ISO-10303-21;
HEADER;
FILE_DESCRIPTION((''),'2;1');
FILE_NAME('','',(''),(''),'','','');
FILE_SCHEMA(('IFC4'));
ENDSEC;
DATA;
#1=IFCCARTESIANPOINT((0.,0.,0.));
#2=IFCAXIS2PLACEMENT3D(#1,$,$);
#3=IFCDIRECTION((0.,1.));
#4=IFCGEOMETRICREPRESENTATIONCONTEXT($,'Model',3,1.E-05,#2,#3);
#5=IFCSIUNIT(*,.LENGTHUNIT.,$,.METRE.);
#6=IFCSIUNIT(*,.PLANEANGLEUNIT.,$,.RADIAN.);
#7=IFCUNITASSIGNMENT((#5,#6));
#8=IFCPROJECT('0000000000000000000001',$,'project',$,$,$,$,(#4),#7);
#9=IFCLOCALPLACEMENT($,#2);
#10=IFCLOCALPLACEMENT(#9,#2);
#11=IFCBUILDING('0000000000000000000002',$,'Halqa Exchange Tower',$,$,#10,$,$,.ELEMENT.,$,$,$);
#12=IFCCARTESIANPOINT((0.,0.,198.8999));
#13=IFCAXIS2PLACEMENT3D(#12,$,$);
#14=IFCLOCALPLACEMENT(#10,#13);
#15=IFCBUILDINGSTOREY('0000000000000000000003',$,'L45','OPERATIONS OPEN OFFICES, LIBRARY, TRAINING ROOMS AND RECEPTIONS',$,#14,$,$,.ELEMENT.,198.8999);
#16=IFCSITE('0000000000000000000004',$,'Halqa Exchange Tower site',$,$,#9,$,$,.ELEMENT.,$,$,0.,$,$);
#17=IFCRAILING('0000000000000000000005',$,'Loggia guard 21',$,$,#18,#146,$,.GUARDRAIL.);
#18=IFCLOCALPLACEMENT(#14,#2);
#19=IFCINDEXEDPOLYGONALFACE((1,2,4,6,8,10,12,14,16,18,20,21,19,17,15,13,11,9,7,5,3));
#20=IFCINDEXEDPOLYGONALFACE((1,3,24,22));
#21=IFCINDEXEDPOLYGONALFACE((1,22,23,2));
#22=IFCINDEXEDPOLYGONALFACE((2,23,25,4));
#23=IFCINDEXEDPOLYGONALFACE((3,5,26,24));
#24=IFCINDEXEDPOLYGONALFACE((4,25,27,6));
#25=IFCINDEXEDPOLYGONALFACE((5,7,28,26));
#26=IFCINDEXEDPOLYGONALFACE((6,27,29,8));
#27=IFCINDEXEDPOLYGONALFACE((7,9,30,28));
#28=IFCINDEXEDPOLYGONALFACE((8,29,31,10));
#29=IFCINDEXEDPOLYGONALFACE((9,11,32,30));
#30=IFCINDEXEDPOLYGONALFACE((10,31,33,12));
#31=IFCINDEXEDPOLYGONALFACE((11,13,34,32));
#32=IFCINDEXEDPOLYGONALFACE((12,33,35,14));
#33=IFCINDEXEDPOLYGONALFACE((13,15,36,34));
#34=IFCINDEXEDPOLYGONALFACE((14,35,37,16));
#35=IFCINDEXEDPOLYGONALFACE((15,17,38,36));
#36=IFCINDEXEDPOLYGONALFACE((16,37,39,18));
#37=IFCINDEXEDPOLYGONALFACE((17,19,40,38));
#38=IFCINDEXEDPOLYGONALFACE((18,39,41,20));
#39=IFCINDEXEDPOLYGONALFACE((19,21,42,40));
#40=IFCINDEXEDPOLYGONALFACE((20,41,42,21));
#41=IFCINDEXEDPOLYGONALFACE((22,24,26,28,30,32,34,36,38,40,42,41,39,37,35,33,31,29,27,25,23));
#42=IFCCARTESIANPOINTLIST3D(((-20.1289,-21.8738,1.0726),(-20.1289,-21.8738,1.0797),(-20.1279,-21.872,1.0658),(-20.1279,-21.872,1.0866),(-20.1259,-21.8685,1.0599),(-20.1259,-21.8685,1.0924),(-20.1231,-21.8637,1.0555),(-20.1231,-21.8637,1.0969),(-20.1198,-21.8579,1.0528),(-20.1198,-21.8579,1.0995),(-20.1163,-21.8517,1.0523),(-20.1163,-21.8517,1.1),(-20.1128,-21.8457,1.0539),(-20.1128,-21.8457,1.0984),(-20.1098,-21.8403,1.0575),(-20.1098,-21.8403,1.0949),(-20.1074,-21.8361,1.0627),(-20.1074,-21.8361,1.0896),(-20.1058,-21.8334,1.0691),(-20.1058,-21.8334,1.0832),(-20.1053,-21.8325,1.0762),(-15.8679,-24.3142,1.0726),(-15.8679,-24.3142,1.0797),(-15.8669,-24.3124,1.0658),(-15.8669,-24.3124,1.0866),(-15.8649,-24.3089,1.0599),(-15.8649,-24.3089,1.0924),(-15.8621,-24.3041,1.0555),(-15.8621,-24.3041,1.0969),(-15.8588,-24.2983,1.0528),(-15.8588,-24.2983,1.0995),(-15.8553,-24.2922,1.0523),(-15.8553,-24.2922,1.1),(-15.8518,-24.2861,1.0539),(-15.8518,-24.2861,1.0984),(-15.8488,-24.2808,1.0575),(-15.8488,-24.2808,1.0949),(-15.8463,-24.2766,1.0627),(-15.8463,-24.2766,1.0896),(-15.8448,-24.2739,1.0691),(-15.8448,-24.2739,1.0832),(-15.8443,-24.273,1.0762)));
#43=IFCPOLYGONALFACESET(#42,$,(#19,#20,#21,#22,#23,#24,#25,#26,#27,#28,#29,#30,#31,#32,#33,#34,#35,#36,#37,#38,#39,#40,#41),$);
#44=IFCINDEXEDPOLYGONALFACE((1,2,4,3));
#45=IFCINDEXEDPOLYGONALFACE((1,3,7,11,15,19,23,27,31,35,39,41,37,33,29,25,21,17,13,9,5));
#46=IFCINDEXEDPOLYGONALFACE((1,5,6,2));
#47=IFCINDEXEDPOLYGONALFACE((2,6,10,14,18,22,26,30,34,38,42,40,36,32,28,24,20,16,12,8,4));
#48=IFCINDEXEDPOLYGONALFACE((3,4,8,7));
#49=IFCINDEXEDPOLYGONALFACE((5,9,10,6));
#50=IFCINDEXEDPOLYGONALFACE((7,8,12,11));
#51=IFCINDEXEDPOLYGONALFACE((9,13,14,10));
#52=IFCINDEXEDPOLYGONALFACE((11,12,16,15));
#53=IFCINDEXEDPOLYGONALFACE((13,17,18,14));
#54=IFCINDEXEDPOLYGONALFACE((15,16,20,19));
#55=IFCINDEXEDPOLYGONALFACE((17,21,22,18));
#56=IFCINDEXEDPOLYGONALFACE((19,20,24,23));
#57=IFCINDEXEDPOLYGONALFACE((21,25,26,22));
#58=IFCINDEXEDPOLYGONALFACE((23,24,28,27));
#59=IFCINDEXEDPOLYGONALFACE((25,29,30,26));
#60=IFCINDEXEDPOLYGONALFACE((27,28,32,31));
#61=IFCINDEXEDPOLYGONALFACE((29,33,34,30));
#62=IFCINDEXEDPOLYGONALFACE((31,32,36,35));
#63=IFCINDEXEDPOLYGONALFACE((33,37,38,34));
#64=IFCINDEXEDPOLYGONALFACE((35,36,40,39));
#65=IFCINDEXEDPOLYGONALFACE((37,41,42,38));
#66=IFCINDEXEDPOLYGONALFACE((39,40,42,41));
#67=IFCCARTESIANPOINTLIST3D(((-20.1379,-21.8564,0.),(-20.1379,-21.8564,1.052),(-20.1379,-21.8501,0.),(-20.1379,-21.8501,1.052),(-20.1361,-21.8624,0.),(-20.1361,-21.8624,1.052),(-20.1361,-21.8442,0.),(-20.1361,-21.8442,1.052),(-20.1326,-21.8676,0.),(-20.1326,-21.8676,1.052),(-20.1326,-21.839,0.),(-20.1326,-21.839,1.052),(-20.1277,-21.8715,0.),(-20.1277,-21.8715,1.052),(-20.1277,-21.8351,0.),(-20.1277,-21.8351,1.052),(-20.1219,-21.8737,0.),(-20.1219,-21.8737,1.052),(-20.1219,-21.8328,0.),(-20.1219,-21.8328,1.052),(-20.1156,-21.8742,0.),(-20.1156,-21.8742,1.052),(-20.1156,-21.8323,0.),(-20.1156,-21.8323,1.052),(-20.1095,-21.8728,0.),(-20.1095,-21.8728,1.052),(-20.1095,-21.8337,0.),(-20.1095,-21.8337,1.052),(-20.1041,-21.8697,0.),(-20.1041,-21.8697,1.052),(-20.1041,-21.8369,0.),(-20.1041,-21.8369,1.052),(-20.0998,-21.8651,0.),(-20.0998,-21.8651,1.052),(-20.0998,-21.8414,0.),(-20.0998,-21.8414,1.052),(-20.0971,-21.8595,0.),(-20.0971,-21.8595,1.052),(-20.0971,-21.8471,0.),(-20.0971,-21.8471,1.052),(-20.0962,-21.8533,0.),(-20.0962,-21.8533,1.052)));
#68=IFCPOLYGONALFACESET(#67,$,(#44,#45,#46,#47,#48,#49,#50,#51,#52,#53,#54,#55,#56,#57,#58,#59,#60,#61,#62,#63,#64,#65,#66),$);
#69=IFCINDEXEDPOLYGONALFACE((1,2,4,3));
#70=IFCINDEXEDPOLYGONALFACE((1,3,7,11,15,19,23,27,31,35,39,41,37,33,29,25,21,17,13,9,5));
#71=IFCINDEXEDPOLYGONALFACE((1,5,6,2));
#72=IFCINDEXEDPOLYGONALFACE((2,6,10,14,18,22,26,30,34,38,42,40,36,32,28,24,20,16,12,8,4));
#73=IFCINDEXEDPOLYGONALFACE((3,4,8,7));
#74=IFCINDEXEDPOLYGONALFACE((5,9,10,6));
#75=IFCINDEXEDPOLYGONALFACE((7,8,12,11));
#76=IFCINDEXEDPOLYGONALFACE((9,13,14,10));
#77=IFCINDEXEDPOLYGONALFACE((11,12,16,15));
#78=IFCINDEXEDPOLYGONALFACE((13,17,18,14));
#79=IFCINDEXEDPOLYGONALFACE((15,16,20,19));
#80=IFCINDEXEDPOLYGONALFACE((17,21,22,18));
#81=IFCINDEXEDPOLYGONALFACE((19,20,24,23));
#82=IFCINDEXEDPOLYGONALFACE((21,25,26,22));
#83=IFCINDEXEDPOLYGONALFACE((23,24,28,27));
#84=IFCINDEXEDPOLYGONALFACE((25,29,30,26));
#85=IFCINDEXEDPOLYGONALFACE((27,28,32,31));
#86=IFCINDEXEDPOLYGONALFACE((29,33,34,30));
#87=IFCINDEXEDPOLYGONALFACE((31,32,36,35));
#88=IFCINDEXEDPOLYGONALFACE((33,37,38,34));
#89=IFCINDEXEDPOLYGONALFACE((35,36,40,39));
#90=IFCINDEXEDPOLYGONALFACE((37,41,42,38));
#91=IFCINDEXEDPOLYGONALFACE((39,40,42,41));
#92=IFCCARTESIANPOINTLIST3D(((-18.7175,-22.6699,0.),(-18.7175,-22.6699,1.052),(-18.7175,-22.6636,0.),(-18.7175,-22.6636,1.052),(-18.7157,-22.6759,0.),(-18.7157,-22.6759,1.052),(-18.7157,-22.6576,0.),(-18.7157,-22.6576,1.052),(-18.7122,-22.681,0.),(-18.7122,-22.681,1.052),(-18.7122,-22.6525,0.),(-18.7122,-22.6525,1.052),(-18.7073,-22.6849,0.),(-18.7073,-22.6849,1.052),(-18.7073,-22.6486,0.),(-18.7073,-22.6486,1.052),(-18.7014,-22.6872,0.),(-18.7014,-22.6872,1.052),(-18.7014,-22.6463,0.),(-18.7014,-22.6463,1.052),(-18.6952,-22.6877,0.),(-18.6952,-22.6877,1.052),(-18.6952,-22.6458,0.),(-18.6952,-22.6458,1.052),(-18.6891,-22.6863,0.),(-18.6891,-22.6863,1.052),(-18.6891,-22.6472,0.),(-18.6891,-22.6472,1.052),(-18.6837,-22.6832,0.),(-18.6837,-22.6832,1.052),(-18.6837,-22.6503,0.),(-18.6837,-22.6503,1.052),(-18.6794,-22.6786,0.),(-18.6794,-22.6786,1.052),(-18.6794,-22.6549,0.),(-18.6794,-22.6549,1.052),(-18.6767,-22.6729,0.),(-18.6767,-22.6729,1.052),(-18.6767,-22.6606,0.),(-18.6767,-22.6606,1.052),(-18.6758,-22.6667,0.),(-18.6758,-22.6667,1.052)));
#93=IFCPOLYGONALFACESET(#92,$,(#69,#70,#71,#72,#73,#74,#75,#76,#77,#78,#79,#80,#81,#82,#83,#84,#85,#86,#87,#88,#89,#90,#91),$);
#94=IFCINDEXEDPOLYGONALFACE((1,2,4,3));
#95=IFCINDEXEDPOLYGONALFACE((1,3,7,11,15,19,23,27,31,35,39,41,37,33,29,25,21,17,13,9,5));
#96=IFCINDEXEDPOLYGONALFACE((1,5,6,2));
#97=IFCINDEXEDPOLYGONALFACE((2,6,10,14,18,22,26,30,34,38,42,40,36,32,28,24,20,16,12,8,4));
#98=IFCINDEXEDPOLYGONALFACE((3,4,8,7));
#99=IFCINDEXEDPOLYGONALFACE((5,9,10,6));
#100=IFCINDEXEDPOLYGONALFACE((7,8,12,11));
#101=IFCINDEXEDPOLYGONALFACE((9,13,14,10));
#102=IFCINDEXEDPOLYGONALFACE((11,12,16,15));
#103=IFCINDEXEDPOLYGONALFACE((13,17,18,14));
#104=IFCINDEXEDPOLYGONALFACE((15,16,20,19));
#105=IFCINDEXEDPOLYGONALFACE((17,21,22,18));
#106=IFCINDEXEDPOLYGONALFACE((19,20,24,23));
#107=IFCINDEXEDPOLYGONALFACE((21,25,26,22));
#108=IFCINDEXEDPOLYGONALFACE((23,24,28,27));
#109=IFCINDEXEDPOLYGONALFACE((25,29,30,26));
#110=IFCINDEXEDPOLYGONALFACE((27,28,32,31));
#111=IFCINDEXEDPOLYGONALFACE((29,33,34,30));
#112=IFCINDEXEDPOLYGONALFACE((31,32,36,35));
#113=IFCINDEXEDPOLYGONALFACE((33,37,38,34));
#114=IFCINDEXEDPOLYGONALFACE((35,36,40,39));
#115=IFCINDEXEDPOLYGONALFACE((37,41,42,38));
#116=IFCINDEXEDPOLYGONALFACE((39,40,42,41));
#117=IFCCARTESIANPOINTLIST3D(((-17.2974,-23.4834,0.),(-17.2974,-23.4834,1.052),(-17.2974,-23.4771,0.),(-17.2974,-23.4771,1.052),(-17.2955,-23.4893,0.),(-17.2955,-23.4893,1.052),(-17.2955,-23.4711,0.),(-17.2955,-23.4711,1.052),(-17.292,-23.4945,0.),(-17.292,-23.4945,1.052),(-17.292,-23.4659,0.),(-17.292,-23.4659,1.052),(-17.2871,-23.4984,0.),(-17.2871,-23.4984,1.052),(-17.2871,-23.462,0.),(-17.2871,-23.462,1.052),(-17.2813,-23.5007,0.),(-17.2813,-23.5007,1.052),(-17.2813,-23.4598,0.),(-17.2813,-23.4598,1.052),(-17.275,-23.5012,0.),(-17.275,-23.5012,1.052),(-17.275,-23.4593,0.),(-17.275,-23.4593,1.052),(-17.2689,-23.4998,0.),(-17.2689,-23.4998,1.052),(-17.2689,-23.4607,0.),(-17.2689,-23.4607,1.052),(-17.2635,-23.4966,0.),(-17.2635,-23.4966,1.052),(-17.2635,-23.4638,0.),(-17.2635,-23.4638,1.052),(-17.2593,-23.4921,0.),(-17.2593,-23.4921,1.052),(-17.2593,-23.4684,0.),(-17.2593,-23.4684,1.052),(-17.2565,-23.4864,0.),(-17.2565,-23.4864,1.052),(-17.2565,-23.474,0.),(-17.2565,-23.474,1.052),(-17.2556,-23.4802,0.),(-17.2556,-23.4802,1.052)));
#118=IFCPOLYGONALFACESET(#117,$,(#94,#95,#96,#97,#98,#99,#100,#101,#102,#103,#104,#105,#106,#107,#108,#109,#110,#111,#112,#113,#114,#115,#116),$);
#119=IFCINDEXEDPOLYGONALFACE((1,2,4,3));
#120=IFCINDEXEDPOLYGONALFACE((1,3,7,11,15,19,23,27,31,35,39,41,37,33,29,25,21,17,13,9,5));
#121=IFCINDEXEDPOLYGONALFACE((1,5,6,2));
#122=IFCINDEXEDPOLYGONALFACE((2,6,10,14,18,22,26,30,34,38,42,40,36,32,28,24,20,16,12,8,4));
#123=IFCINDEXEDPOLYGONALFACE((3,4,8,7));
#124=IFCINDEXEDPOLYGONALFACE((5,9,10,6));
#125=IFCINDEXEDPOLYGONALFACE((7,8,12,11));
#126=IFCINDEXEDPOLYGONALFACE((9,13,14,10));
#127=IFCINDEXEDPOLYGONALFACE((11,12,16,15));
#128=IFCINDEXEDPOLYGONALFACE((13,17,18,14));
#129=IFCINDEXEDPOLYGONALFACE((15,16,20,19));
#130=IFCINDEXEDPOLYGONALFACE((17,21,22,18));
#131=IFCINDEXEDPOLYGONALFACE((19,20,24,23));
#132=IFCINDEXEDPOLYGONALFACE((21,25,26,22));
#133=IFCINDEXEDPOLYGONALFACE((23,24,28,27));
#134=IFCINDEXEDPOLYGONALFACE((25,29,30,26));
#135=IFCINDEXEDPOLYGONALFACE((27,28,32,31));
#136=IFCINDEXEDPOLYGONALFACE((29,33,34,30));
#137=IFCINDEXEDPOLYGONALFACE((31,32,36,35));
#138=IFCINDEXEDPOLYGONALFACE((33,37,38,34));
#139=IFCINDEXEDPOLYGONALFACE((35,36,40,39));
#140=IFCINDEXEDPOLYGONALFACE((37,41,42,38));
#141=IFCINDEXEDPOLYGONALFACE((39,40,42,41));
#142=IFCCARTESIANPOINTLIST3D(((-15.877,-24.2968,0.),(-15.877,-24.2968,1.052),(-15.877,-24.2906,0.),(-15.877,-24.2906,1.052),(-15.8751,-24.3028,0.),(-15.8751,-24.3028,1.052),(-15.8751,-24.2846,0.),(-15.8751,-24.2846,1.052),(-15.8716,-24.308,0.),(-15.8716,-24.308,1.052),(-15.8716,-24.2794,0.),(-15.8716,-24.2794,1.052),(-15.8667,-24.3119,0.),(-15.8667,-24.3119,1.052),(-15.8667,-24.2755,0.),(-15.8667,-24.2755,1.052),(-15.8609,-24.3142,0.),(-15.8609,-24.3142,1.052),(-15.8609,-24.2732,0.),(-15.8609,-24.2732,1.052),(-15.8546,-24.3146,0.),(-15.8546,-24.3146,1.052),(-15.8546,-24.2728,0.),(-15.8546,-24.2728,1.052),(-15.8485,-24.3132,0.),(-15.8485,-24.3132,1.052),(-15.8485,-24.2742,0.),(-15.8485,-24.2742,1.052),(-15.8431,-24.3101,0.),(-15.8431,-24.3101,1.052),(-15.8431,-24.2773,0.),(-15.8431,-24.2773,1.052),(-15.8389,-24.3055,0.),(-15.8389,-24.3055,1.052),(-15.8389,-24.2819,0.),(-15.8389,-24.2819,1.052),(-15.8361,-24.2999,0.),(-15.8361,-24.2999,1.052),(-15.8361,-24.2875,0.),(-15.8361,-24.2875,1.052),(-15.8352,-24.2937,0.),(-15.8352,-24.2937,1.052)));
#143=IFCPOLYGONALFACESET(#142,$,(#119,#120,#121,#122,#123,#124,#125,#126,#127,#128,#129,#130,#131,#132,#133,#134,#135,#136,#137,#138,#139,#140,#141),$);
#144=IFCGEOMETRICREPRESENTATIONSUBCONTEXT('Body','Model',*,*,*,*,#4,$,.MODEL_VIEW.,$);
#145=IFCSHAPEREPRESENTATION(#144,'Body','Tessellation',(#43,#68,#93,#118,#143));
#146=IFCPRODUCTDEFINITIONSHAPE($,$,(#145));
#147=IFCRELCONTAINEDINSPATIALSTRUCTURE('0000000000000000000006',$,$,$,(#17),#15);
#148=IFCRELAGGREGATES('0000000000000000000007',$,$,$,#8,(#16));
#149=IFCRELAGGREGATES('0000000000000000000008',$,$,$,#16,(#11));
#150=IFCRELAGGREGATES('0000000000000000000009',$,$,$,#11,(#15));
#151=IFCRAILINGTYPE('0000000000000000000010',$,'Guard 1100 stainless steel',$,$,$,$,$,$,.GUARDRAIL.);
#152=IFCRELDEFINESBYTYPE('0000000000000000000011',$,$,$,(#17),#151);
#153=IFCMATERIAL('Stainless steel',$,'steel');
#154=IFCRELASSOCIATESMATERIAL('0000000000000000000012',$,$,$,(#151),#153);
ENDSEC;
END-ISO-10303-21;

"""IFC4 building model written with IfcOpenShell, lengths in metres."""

from ifc_helpers import new_model, si_unit, direction, frame, origin, origin_2d, place, context, subcontext, project, spatial, circle, extrude, material, type_object, element, save


model = new_model("IFC4")

# Units and contexts
model_context = context("Model", 3, precision=1e-05, world=origin(), true_north=direction((0.0, 1.0)))
body_context = subcontext(model_context, "Body", "Model", "MODEL_VIEW")
ifc_project = project(units=[si_unit("LENGTHUNIT", "METRE"), si_unit("PLANEANGLEUNIT", "RADIAN")], contexts=[model_context])

# Site, building, storey
site_placement = place(None, origin())
site = spatial("IfcSite", under=ifc_project, at=site_placement, Name="Halqa Exchange Tower site", CompositionType="ELEMENT", RefElevation=0.0)
building_placement = place(site_placement, origin())
building = spatial("IfcBuilding", under=site, at=building_placement, Name="Halqa Exchange Tower", CompositionType="ELEMENT")
storey_placement = place(building_placement, frame((0.0, 0.0, 198.8999)))
storey = spatial("IfcBuildingStorey", under=building, at=storey_placement, Name="L45", Description="OPERATIONS OPEN OFFICES, LIBRARY, TRAINING ROOMS AND RECEPTIONS", CompositionType="ELEMENT", Elevation=198.8999)

# Railing
ifc_material_1 = material(Name="Stainless steel", Category="steel")
railing_type = type_object("IfcRailingType", Name="Guard 1100 stainless steel", PredefinedType="GUARDRAIL", material=ifc_material_1)
railing_1_placement = place(storey_placement, frame((-20.1172, -21.8533, 0.0)))
element("IfcRailing", 1, at=railing_1_placement, inside=storey, type_object=railing_type, Name="Loggia guard 21", PredefinedType="GUARDRAIL", context=body_context, shape_type="SweptSolid", body=[
    extrude(circle(Radius=0.0239, at=origin_2d()), frame((0.0, 0.0, 1.0762), z_axis=(0.867753, -0.496995, 0.0), x_axis=(0.496995, 0.867753, 0.0)), (0.0, 0.0, 1.0), 4.9104),
    extrude(circle(Radius=0.021, at=origin_2d()), origin(), (0.0, 0.0, 1.0), 1.052),
    extrude(circle(Radius=0.021, at=origin_2d()), frame((1.4204, -0.8135, 0.0)), (0.0, 0.0, 1.0), 1.052),
    extrude(circle(Radius=0.021, at=origin_2d()), frame((2.8406, -1.627, 0.0)), (0.0, 0.0, 1.0), 1.052),
    extrude(circle(Radius=0.021, at=origin_2d()), frame((4.261, -2.4404, 0.0)), (0.0, 0.0, 1.0), 1.052),
])

save(model, "model.ifc")
